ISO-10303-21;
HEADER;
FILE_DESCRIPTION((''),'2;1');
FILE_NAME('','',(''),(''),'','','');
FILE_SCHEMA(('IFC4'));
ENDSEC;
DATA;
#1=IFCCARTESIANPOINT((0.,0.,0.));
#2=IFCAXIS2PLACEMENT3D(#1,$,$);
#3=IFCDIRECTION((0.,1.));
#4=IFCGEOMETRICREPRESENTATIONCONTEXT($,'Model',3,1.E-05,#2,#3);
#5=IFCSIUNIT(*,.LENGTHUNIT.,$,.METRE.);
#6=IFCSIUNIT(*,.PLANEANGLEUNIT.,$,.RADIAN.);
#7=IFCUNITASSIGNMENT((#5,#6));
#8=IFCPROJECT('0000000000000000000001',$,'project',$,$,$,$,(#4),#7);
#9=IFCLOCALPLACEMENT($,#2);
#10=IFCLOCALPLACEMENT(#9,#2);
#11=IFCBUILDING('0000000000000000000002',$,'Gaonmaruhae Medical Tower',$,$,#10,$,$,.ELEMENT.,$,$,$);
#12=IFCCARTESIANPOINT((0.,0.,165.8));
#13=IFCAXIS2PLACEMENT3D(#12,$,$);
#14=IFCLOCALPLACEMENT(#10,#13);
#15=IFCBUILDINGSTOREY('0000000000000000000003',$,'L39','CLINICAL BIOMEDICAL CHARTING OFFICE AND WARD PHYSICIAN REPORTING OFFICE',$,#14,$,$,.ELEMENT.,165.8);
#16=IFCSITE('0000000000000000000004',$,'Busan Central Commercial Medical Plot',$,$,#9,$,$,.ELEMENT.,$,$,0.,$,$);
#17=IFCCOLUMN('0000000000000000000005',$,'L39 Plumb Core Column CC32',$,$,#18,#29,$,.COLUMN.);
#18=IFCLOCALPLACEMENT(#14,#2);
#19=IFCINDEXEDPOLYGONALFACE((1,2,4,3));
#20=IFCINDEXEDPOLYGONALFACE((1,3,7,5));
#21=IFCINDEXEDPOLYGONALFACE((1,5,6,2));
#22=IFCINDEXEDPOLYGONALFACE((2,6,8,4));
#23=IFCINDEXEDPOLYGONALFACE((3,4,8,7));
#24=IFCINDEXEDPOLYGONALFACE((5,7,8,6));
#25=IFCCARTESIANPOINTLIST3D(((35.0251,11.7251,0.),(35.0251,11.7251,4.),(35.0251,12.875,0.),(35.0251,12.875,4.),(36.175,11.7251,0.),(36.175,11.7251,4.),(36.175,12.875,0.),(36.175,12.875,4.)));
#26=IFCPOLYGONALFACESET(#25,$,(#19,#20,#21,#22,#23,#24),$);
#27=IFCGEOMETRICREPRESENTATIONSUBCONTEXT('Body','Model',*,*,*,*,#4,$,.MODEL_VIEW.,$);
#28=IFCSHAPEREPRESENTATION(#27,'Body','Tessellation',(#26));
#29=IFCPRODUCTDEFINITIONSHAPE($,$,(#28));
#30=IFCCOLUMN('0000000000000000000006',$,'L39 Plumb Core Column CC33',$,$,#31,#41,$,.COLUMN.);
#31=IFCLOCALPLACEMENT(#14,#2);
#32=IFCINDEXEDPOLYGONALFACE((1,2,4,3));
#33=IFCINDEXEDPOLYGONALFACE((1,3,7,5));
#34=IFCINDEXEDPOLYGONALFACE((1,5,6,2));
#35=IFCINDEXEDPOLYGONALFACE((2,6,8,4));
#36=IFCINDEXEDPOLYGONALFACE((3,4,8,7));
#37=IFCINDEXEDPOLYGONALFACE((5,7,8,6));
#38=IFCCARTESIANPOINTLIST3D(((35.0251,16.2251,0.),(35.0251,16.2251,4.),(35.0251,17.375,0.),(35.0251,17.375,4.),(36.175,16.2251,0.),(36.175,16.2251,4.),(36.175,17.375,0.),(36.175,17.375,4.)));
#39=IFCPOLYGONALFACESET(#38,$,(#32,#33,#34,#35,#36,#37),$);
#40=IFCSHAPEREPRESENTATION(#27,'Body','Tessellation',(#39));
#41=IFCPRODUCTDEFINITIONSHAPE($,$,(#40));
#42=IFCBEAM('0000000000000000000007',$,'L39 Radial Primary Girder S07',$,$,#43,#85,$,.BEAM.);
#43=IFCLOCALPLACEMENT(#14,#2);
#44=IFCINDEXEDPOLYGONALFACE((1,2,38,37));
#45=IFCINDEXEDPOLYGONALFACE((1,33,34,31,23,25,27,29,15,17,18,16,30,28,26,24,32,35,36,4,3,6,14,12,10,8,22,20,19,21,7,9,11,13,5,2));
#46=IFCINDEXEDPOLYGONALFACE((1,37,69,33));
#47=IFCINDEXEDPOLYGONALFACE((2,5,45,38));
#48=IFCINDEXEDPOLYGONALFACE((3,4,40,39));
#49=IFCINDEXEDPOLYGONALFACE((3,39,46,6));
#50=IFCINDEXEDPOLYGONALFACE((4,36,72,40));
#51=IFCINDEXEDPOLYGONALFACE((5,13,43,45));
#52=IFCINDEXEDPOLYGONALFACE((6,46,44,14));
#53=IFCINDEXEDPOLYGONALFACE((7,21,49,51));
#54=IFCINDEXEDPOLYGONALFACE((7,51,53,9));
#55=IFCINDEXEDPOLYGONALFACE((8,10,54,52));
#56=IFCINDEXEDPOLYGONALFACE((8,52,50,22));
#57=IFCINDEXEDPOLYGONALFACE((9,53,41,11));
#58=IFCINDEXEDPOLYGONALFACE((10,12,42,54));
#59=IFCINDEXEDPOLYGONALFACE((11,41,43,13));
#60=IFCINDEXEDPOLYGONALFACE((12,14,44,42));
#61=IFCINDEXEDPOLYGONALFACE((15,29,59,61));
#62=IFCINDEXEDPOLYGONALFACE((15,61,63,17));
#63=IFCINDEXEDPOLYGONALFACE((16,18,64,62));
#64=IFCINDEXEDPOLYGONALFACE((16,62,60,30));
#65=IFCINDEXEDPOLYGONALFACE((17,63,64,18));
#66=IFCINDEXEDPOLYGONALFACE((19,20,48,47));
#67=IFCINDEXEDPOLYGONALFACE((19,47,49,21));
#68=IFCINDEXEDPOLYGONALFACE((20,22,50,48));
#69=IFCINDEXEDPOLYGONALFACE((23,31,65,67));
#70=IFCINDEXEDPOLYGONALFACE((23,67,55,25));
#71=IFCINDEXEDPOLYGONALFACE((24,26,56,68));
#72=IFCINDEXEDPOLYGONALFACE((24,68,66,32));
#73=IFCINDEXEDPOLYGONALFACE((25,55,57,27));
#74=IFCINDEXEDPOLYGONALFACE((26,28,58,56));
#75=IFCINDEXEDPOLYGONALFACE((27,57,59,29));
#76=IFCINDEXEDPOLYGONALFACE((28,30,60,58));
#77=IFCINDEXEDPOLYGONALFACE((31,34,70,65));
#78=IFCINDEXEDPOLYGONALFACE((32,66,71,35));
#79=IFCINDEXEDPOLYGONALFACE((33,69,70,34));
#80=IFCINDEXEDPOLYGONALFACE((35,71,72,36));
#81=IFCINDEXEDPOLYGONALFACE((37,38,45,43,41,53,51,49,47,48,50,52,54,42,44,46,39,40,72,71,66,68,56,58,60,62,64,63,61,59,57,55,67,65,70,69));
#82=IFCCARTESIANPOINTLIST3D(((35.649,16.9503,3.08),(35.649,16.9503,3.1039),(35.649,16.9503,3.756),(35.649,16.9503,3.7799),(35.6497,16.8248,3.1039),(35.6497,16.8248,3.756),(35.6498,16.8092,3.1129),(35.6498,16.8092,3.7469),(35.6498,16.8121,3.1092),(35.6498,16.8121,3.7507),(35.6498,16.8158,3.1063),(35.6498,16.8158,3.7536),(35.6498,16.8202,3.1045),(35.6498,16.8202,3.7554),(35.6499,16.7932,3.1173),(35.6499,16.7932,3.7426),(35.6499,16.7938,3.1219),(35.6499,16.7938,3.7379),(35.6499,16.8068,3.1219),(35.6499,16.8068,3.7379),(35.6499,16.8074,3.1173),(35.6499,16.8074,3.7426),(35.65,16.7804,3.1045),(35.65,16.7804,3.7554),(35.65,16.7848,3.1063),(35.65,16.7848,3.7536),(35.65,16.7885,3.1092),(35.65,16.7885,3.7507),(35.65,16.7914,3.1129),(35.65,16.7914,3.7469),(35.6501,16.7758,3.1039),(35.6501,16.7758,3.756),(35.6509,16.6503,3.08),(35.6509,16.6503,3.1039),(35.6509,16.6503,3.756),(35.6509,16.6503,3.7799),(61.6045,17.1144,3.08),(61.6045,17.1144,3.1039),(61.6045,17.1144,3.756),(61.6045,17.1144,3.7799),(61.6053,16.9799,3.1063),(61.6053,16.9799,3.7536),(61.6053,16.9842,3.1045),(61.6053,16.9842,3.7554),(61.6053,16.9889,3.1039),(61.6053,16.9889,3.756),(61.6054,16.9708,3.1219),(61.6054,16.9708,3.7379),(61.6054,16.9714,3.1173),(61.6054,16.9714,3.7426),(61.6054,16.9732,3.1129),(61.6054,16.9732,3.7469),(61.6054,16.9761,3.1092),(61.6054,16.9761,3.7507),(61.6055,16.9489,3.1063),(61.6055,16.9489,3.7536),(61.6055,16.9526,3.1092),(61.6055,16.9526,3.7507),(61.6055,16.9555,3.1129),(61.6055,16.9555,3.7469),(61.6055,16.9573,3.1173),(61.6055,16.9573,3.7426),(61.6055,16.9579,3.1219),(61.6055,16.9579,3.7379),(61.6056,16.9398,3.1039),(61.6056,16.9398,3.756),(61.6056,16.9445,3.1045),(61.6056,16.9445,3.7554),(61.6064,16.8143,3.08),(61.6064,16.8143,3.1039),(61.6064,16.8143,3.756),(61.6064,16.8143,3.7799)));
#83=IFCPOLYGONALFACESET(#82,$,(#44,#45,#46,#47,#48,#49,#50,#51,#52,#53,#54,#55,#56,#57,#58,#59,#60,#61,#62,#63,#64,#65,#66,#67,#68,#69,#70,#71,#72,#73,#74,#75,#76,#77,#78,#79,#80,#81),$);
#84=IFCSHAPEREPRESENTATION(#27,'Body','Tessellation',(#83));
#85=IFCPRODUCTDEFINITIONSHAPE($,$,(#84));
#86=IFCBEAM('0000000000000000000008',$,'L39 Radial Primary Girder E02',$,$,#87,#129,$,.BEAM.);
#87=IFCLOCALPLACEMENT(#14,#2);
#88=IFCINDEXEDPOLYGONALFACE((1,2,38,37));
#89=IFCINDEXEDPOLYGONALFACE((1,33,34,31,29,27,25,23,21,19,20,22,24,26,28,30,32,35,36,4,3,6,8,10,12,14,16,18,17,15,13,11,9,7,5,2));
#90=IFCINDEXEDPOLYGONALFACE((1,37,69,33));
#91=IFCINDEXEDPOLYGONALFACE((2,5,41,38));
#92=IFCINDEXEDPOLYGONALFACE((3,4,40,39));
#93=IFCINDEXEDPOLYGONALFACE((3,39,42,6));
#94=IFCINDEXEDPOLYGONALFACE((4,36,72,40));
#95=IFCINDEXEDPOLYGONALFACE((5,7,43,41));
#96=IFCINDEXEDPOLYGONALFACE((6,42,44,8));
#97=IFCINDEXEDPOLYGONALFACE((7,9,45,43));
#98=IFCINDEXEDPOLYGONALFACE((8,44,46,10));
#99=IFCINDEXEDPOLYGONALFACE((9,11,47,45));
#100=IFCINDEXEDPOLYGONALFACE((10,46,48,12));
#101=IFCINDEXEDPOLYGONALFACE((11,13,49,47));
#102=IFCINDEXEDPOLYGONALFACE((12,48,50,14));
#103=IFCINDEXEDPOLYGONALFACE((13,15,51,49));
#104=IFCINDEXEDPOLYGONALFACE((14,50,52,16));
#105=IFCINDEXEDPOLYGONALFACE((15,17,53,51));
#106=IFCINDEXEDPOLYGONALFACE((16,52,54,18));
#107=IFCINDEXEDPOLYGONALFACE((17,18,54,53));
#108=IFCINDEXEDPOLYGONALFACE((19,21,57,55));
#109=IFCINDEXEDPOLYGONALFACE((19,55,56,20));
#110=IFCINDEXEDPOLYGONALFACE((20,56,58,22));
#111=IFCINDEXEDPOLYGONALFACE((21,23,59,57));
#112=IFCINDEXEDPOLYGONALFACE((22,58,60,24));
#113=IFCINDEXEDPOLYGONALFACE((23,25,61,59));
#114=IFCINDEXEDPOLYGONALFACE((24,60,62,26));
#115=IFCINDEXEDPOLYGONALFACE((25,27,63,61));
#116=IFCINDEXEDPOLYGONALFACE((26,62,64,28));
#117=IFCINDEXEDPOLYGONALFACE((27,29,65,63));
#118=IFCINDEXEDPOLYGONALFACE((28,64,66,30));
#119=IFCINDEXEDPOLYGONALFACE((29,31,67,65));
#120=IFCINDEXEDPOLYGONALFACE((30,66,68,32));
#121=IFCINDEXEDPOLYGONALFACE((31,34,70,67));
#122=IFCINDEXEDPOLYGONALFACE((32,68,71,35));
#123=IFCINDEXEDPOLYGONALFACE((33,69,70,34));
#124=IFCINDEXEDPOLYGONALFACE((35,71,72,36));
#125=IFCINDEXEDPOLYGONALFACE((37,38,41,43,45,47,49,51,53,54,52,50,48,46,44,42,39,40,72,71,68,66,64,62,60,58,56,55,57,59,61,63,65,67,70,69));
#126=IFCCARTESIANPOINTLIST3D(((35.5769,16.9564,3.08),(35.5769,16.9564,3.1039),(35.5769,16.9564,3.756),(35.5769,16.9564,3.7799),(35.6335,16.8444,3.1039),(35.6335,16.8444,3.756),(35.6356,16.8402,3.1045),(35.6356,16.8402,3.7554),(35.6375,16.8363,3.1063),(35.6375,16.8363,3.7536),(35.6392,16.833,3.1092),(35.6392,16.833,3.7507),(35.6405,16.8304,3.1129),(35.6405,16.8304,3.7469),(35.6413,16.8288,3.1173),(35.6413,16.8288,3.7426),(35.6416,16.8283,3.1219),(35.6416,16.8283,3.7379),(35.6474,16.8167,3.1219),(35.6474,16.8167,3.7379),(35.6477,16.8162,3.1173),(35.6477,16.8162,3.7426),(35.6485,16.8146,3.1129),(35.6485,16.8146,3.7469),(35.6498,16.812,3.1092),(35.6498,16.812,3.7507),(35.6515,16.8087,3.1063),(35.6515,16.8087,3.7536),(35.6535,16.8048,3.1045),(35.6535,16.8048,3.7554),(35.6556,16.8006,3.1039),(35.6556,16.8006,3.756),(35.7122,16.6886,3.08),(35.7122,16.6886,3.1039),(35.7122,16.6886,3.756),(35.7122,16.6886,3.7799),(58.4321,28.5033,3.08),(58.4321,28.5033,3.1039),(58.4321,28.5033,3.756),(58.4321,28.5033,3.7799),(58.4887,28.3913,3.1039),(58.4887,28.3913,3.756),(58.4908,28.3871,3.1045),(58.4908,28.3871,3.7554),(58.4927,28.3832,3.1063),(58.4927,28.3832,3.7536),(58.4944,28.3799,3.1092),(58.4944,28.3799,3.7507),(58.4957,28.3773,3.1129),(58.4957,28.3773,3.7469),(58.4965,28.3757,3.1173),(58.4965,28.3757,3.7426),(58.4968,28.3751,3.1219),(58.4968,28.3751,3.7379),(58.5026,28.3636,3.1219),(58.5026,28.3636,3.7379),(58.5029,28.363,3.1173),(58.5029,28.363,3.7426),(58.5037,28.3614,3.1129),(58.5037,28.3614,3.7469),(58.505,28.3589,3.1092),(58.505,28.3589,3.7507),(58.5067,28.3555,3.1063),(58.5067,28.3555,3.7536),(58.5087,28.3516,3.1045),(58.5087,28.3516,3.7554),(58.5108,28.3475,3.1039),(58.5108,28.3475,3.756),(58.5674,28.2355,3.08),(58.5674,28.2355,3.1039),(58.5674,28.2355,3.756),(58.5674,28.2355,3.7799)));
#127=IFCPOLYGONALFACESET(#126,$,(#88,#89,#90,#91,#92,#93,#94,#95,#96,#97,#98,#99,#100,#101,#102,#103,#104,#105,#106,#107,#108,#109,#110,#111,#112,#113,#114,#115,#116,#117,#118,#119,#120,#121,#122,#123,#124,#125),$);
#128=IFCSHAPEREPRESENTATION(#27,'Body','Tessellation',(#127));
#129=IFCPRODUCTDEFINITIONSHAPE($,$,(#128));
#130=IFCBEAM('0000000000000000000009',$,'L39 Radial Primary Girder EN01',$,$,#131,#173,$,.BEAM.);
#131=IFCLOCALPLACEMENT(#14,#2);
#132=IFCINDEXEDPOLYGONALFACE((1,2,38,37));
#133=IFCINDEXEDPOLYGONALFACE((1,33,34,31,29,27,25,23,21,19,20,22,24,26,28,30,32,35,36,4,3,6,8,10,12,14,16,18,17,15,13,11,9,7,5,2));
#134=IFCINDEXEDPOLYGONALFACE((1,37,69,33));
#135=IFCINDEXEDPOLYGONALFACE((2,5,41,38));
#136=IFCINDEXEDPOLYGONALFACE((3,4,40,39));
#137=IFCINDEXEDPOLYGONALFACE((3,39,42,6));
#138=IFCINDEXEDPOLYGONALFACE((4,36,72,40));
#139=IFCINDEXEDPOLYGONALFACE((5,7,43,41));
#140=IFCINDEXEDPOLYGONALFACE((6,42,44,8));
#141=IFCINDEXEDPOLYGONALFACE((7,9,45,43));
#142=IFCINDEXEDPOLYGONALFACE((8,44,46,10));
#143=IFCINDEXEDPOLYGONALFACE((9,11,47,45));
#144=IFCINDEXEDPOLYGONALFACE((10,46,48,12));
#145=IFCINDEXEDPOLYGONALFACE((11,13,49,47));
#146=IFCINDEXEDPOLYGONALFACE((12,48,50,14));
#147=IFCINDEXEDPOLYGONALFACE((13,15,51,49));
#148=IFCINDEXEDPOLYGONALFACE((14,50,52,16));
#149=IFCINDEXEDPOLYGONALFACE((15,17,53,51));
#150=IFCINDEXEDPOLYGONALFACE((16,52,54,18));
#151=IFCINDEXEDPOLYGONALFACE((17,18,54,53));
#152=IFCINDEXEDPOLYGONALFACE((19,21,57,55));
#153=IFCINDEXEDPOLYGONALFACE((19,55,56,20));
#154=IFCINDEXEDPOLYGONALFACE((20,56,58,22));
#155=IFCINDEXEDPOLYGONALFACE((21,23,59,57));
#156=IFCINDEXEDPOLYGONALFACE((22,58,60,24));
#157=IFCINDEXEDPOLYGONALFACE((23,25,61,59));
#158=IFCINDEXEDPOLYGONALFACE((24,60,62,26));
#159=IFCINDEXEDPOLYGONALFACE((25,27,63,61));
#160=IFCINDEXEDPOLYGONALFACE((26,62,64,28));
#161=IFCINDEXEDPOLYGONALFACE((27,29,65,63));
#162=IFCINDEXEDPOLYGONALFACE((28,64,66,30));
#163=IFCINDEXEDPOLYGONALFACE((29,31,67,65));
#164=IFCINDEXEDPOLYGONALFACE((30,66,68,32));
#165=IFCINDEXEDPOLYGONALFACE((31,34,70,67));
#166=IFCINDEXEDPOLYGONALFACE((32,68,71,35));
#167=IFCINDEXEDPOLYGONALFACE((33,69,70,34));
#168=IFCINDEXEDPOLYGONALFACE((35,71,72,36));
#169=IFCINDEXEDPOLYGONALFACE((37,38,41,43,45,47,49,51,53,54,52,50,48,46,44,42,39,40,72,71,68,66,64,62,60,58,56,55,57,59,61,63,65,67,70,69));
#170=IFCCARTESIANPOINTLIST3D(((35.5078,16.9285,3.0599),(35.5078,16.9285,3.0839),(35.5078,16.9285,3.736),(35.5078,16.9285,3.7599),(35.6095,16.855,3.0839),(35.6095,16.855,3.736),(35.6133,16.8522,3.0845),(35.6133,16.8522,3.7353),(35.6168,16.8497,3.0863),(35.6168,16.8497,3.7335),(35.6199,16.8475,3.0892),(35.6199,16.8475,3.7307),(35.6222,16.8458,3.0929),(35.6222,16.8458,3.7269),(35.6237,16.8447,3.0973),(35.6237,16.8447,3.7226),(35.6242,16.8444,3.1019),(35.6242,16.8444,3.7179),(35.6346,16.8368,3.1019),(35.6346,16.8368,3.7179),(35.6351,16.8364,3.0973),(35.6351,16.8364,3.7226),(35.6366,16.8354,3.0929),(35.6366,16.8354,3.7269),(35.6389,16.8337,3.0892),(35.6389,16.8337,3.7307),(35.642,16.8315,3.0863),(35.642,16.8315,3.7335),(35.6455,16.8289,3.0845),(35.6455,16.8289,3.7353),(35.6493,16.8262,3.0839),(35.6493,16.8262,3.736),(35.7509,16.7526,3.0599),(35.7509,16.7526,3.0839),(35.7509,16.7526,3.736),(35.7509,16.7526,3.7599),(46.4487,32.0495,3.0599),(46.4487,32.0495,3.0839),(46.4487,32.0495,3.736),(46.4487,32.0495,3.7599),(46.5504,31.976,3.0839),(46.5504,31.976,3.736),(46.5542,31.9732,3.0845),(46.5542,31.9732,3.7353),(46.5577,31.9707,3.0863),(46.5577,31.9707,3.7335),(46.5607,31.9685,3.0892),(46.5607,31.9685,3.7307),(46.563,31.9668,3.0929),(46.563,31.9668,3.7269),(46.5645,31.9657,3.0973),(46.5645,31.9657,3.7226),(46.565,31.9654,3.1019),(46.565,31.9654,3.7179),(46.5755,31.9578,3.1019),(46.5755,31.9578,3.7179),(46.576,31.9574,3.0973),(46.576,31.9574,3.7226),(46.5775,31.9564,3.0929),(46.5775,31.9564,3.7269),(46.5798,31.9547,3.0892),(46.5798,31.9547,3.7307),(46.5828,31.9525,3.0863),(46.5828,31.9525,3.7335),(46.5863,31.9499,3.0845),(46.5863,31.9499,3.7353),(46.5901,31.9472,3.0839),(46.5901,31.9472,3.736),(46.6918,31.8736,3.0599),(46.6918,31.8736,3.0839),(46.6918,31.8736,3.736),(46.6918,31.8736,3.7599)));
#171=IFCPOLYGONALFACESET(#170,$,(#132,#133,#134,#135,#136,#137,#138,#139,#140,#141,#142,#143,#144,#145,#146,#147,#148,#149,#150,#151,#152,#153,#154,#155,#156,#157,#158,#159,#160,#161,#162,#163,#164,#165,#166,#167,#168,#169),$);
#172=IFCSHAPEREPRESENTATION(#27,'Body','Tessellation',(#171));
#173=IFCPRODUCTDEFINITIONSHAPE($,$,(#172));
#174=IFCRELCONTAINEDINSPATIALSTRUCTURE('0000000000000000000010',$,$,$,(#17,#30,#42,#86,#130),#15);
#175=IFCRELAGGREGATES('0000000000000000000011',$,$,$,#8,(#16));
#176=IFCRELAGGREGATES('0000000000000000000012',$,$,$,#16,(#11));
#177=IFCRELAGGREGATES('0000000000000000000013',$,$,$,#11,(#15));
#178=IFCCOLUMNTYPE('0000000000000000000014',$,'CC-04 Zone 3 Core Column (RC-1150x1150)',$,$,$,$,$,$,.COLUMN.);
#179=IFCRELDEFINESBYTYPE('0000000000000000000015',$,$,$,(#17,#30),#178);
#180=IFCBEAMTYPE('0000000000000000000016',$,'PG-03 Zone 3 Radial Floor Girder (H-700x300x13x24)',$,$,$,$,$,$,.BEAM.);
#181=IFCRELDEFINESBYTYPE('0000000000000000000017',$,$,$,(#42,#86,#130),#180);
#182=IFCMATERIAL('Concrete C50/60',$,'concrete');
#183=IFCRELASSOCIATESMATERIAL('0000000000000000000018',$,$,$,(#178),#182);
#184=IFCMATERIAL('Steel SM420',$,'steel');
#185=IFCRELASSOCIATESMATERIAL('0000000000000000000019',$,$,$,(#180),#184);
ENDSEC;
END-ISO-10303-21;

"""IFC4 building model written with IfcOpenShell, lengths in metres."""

from ifc_helpers import new_model, si_unit, direction, frame, origin, origin_2d, place, context, subcontext, project, spatial, rectangle, i_section, extrude, material, material_profile, profile_set, type_object, element, save


model = new_model("IFC4")

# Units and contexts
model_context = context("Model", 3, precision=1e-05, world=origin(), true_north=direction((0.0, 1.0)))
body_context = subcontext(model_context, "Body", "Model", "MODEL_VIEW")
ifc_project = project(units=[si_unit("LENGTHUNIT", "METRE"), si_unit("PLANEANGLEUNIT", "RADIAN")], contexts=[model_context])

# Site, building, storey
site_placement = place(None, origin())
site = spatial("IfcSite", under=ifc_project, at=site_placement, Name="Busan Central Commercial Medical Plot", CompositionType="ELEMENT", RefElevation=0.0)
building_placement = place(site_placement, origin())
building = spatial("IfcBuilding", under=site, at=building_placement, Name="Gaonmaruhae Medical Tower", CompositionType="ELEMENT")
storey_placement = place(building_placement, frame((0.0, 0.0, 165.8)))
storey = spatial("IfcBuildingStorey", under=building, at=storey_placement, Name="L39", Description="CLINICAL BIOMEDICAL CHARTING OFFICE AND WARD PHYSICIAN REPORTING OFFICE", CompositionType="ELEMENT", Elevation=165.8)

# Columns
ifc_material_1 = material(Name="Concrete C50/60", Category="concrete")
ifc_material_profile_1 = material_profile(ifc_material_1, rectangle(XDim=1.1499, YDim=1.1499, at=origin_2d()), Name="RC-1150x1150")
ifc_profile_set_1 = profile_set([ifc_material_profile_1], Name="Concrete C50/60")
column_type = type_object("IfcColumnType", Name="CC-04 Zone 3 Core Column (RC-1150x1150)", PredefinedType="COLUMN", material=ifc_profile_set_1)
for number, where, z_axis, x_axis, name in (
    (1, (35.6001, 12.3, 0.0), (0.0, 0.0, 1.0), (1.0, 0.0, 0.0), "L39 Plumb Core Column CC32"),
    (2, (35.6001, 16.8, 0.0), (0.0, 0.0, 1.0), (1.0, 0.0, 0.0), "L39 Plumb Core Column CC33"),
):
    element("IfcColumn", number, at=place(storey_placement, frame(where, z_axis=z_axis, x_axis=x_axis)), inside=storey, type_object=column_type, Name=name, PredefinedType="COLUMN", context=body_context, shape_type="SweptSolid", body=[
        extrude(rectangle(XDim=1.1499, YDim=1.1499, at=origin_2d()), origin(), (0.0, 0.0, 1.0), 4.0),
    ])

# Beams
ifc_material_2 = material(Name="Steel SM420", Category="steel")
ifc_material_profile_2 = material_profile(ifc_material_2, i_section(OverallWidth=0.3, OverallDepth=0.7, WebThickness=0.0129, FlangeThickness=0.0239, FilletRadius=0.0181, at=origin_2d()), Name="H-700x300x13x24")
ifc_profile_set_2 = profile_set([ifc_material_profile_2], Name="Steel SM420")
beam_type = type_object("IfcBeamType", Name="PG-03 Zone 3 Radial Floor Girder (H-700x300x13x24)", PredefinedType="BEAM", material=ifc_profile_set_2)
beam_1_placement = place(storey_placement, frame((35.6499, 16.8003, 3.4299), z_axis=(0.99998, 0.006321, 0.0), x_axis=(-0.006321, 0.99998, 0.0)))
element("IfcBeam", 3, at=beam_1_placement, inside=storey, type_object=beam_type, Name="L39 Radial Primary Girder S07", PredefinedType="BEAM", context=body_context, shape_type="SweptSolid", body=[
    extrude(i_section(OverallWidth=0.3, OverallDepth=0.7, WebThickness=0.0129, FlangeThickness=0.0239, FilletRadius=0.0181, at=origin_2d()), origin(), (0.0, 0.0, 1.0), 25.9561),
])
beam_2_placement = place(storey_placement, frame((35.6445, 16.8225, 3.4299), z_axis=(0.892556, 0.450936, 0.0), x_axis=(-0.450936, 0.892556, 0.0)))
element("IfcBeam", 4, at=beam_2_placement, inside=storey, type_object=beam_type, Name="L39 Radial Primary Girder E02", PredefinedType="BEAM", context=body_context, shape_type="SweptSolid", body=[
    extrude(i_section(OverallWidth=0.3, OverallDepth=0.7, WebThickness=0.0129, FlangeThickness=0.0239, FilletRadius=0.0181, at=origin_2d()), origin(), (0.0, 0.0, 1.0), 25.6064),
])
beam_3_placement = place(storey_placement, frame((35.6294, 16.8406, 3.4099), z_axis=(0.586199, 0.810167, 0.0), x_axis=(-0.810167, 0.586199, 0.0)))
element("IfcBeam", 5, at=beam_3_placement, inside=storey, type_object=beam_type, Name="L39 Radial Primary Girder EN01", PredefinedType="BEAM", context=body_context, shape_type="SweptSolid", body=[
    extrude(i_section(OverallWidth=0.3, OverallDepth=0.7, WebThickness=0.0129, FlangeThickness=0.0239, FilletRadius=0.0181, at=origin_2d()), origin(), (0.0, 0.0, 1.0), 18.6641),
])

save(model, "model.ifc")
